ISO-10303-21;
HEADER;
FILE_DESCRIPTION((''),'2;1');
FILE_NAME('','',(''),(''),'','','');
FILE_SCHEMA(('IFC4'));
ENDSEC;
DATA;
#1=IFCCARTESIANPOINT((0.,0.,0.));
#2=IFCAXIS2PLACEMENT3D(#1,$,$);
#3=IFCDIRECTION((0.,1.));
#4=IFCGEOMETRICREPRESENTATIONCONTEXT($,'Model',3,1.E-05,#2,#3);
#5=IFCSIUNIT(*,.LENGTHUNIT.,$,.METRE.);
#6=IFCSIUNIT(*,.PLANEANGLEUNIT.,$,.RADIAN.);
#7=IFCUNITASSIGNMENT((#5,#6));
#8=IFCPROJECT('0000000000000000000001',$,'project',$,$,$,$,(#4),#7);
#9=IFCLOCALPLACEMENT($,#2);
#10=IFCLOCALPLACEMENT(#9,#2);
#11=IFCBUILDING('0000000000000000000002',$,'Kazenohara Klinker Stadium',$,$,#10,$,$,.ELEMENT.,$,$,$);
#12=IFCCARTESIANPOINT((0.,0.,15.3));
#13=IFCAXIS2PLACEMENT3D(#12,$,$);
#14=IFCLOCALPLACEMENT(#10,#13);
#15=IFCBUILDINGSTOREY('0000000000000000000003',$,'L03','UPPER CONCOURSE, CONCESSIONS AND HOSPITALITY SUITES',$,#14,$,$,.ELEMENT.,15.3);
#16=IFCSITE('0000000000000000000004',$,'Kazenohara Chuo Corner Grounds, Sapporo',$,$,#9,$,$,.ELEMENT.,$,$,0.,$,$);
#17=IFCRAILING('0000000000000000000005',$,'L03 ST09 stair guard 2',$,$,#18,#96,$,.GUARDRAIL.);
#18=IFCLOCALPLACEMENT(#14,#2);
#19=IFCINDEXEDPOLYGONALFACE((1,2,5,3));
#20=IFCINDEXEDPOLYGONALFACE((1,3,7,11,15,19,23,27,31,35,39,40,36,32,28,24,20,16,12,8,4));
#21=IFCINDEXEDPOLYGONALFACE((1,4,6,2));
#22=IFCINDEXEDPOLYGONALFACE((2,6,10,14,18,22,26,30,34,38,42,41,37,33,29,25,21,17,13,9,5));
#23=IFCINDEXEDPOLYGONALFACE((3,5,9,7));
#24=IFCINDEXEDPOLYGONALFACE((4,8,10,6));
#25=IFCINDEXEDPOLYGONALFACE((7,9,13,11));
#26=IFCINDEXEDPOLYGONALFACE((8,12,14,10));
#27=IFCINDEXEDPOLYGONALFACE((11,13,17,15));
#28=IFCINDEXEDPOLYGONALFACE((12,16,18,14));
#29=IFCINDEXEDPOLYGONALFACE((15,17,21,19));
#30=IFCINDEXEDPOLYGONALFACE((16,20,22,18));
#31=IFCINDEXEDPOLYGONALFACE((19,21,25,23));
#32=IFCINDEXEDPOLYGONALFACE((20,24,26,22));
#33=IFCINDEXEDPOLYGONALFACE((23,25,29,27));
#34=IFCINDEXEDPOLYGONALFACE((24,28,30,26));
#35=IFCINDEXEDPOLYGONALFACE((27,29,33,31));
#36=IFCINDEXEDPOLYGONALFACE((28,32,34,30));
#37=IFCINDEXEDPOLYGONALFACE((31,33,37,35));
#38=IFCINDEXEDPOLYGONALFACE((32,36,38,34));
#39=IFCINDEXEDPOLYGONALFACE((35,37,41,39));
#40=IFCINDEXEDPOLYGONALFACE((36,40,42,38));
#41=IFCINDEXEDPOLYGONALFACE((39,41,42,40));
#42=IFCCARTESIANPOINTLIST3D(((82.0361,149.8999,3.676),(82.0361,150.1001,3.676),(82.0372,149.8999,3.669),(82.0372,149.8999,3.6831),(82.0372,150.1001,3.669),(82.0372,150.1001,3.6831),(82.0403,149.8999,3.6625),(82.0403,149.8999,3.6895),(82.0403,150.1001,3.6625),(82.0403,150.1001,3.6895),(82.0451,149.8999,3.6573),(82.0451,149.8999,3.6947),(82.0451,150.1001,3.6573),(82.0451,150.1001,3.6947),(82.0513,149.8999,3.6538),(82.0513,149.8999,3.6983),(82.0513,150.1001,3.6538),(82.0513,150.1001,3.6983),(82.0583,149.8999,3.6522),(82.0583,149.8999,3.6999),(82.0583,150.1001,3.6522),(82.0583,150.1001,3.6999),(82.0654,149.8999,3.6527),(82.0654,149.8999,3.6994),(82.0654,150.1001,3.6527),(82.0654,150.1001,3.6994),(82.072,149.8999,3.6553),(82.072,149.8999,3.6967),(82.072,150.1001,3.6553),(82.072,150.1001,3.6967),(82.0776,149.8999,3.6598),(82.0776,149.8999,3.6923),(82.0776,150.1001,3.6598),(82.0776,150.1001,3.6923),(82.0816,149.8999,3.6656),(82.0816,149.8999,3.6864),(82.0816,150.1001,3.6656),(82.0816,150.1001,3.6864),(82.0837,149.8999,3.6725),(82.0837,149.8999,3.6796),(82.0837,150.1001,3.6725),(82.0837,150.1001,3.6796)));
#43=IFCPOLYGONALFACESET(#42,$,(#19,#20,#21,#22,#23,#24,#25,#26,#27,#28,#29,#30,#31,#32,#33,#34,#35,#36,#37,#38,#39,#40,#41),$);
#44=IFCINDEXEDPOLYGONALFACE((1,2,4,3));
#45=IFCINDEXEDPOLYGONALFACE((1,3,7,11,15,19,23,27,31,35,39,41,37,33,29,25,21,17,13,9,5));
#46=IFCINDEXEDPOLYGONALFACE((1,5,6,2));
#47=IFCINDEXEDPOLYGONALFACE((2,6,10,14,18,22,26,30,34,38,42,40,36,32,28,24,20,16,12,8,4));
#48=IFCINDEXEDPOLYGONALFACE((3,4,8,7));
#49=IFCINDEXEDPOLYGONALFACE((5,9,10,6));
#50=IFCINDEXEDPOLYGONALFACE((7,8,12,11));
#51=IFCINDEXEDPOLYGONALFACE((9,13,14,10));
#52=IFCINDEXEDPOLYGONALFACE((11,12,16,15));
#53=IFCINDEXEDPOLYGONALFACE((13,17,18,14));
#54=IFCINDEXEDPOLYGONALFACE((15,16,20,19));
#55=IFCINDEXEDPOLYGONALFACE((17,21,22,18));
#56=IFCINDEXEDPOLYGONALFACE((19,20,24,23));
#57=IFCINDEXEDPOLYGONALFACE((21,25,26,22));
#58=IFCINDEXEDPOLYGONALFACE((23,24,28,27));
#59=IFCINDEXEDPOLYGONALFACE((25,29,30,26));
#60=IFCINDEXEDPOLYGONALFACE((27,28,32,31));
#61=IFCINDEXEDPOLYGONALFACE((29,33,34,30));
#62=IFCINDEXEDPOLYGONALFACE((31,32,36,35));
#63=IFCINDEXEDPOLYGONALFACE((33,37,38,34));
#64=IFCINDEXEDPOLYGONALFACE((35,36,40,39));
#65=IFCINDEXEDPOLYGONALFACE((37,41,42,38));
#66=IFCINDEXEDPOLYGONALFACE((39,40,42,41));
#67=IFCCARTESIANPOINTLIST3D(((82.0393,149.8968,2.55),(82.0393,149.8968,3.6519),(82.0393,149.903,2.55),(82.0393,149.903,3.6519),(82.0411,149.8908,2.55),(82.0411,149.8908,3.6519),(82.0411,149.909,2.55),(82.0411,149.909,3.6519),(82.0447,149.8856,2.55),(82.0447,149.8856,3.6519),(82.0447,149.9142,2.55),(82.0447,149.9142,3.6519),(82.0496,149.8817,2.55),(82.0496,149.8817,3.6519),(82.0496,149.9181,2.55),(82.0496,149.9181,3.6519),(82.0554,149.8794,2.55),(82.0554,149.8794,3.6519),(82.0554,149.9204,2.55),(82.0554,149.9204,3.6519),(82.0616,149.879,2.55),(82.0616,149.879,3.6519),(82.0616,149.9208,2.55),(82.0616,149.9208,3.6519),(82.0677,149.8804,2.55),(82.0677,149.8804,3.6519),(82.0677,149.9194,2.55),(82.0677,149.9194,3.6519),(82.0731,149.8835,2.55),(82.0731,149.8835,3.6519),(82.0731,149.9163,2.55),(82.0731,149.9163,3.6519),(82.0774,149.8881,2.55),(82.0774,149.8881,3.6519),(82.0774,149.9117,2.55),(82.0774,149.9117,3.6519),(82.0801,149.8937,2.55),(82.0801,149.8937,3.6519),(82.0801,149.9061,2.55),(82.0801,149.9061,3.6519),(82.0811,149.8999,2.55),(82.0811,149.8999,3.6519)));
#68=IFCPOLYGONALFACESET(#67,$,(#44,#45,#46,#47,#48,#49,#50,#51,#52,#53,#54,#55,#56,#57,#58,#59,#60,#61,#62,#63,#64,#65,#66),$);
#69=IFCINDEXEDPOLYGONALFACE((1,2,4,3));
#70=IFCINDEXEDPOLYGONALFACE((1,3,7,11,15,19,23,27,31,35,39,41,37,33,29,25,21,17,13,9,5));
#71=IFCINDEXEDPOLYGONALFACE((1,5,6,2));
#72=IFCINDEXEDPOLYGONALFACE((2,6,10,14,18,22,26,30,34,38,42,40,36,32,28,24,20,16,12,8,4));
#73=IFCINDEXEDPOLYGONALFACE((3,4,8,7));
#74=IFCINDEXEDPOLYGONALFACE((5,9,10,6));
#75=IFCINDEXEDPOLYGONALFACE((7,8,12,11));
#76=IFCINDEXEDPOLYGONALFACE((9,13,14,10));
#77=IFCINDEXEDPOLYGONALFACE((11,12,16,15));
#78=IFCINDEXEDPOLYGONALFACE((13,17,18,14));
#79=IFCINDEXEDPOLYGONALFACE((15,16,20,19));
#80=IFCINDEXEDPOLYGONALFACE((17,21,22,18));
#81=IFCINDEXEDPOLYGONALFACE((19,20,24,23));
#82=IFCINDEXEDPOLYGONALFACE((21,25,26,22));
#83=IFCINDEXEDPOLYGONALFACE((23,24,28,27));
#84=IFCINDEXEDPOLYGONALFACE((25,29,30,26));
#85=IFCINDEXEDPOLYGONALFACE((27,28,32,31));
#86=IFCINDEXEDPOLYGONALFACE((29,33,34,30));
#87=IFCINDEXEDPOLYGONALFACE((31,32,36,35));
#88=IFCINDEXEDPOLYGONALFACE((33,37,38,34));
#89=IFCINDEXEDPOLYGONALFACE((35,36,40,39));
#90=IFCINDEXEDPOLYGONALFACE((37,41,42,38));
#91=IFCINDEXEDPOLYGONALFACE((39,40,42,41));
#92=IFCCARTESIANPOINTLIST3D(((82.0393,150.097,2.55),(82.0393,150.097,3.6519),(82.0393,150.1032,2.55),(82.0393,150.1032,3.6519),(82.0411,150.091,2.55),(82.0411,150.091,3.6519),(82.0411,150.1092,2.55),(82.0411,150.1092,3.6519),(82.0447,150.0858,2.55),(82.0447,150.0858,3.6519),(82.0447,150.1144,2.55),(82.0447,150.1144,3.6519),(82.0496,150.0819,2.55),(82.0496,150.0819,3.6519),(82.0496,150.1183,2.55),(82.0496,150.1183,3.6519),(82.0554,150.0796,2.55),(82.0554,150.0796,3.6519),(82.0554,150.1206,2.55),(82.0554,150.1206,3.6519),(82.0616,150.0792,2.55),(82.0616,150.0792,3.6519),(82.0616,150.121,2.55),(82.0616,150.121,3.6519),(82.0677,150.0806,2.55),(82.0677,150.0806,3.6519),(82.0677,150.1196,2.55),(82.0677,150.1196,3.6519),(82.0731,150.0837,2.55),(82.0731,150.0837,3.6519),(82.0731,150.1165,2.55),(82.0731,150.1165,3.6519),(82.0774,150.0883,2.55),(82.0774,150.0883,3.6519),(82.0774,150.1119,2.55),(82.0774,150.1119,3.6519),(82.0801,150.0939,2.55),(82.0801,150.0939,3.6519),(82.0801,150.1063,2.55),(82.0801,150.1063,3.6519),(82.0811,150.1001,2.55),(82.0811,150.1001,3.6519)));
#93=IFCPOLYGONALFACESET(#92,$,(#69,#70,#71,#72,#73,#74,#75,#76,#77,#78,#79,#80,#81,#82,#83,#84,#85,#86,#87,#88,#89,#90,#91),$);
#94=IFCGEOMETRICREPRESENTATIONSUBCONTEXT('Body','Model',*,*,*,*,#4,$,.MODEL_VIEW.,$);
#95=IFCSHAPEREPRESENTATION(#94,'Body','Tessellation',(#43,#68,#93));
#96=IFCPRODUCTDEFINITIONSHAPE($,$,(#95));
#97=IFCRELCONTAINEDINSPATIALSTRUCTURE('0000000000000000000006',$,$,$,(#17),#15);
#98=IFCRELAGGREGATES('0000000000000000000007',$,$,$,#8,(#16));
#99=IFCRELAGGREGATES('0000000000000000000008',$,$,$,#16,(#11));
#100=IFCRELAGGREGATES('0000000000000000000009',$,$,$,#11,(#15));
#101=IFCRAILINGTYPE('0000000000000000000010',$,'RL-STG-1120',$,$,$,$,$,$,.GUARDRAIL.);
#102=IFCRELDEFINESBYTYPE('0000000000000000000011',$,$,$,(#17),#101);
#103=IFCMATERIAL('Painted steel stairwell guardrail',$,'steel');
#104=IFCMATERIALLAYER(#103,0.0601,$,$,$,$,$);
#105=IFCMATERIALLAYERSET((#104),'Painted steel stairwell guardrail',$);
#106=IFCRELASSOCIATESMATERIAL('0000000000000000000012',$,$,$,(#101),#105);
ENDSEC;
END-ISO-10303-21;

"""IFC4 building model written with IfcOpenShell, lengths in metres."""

from ifc_helpers import new_model, si_unit, direction, frame, origin, origin_2d, place, context, subcontext, project, spatial, circle, extrude, material, layer, layer_set, type_object, element, save


model = new_model("IFC4")

# Units and contexts
model_context = context("Model", 3, precision=1e-05, world=origin(), true_north=direction((0.0, 1.0)))
body_context = subcontext(model_context, "Body", "Model", "MODEL_VIEW")
ifc_project = project(units=[si_unit("LENGTHUNIT", "METRE"), si_unit("PLANEANGLEUNIT", "RADIAN")], contexts=[model_context])

# Site, building, storey
site_placement = place(None, origin())
site = spatial("IfcSite", under=ifc_project, at=site_placement, Name="Kazenohara Chuo Corner Grounds, Sapporo", CompositionType="ELEMENT", RefElevation=0.0)
building_placement = place(site_placement, origin())
building = spatial("IfcBuilding", under=site, at=building_placement, Name="Kazenohara Klinker Stadium", CompositionType="ELEMENT")
storey_placement = place(building_placement, frame((0.0, 0.0, 15.3)))
storey = spatial("IfcBuildingStorey", under=building, at=storey_placement, Name="L03", Description="UPPER CONCOURSE, CONCESSIONS AND HOSPITALITY SUITES", CompositionType="ELEMENT", Elevation=15.3)

# Railing
ifc_material_1 = material(Name="Painted steel stairwell guardrail", Category="steel")
ifc_layer_1 = layer(ifc_material_1, 0.0601)
ifc_layer_set_1 = layer_set([ifc_layer_1], Name="Painted steel stairwell guardrail")
railing_type_1 = type_object("IfcRailingType", Name="RL-STG-1120", PredefinedType="GUARDRAIL", material=ifc_layer_set_1)
railing_1_placement = place(storey_placement, frame((82.0601, 149.8999, 2.55)))
element("IfcRailing", 1, at=railing_1_placement, inside=storey, type_object=railing_type_1, Name="L03 ST09 stair guard 2", PredefinedType="GUARDRAIL", context=body_context, shape_type="SweptSolid", body=[
    extrude(circle(Radius=0.0239, at=origin_2d()), frame((0.0, 0.0, 1.126), z_axis=(0.0, 1.0, 0.0), x_axis=(-1.0, 0.0, 0.0)), (0.0, 0.0, 1.0), 0.2002),
    extrude(circle(Radius=0.021, at=origin_2d()), origin(), (0.0, 0.0, 1.0), 1.1018),
    extrude(circle(Radius=0.021, at=origin_2d()), frame((0.0, 0.2002, 0.0)), (0.0, 0.0, 1.0), 1.1018),
])

save(model, "model.ifc")
